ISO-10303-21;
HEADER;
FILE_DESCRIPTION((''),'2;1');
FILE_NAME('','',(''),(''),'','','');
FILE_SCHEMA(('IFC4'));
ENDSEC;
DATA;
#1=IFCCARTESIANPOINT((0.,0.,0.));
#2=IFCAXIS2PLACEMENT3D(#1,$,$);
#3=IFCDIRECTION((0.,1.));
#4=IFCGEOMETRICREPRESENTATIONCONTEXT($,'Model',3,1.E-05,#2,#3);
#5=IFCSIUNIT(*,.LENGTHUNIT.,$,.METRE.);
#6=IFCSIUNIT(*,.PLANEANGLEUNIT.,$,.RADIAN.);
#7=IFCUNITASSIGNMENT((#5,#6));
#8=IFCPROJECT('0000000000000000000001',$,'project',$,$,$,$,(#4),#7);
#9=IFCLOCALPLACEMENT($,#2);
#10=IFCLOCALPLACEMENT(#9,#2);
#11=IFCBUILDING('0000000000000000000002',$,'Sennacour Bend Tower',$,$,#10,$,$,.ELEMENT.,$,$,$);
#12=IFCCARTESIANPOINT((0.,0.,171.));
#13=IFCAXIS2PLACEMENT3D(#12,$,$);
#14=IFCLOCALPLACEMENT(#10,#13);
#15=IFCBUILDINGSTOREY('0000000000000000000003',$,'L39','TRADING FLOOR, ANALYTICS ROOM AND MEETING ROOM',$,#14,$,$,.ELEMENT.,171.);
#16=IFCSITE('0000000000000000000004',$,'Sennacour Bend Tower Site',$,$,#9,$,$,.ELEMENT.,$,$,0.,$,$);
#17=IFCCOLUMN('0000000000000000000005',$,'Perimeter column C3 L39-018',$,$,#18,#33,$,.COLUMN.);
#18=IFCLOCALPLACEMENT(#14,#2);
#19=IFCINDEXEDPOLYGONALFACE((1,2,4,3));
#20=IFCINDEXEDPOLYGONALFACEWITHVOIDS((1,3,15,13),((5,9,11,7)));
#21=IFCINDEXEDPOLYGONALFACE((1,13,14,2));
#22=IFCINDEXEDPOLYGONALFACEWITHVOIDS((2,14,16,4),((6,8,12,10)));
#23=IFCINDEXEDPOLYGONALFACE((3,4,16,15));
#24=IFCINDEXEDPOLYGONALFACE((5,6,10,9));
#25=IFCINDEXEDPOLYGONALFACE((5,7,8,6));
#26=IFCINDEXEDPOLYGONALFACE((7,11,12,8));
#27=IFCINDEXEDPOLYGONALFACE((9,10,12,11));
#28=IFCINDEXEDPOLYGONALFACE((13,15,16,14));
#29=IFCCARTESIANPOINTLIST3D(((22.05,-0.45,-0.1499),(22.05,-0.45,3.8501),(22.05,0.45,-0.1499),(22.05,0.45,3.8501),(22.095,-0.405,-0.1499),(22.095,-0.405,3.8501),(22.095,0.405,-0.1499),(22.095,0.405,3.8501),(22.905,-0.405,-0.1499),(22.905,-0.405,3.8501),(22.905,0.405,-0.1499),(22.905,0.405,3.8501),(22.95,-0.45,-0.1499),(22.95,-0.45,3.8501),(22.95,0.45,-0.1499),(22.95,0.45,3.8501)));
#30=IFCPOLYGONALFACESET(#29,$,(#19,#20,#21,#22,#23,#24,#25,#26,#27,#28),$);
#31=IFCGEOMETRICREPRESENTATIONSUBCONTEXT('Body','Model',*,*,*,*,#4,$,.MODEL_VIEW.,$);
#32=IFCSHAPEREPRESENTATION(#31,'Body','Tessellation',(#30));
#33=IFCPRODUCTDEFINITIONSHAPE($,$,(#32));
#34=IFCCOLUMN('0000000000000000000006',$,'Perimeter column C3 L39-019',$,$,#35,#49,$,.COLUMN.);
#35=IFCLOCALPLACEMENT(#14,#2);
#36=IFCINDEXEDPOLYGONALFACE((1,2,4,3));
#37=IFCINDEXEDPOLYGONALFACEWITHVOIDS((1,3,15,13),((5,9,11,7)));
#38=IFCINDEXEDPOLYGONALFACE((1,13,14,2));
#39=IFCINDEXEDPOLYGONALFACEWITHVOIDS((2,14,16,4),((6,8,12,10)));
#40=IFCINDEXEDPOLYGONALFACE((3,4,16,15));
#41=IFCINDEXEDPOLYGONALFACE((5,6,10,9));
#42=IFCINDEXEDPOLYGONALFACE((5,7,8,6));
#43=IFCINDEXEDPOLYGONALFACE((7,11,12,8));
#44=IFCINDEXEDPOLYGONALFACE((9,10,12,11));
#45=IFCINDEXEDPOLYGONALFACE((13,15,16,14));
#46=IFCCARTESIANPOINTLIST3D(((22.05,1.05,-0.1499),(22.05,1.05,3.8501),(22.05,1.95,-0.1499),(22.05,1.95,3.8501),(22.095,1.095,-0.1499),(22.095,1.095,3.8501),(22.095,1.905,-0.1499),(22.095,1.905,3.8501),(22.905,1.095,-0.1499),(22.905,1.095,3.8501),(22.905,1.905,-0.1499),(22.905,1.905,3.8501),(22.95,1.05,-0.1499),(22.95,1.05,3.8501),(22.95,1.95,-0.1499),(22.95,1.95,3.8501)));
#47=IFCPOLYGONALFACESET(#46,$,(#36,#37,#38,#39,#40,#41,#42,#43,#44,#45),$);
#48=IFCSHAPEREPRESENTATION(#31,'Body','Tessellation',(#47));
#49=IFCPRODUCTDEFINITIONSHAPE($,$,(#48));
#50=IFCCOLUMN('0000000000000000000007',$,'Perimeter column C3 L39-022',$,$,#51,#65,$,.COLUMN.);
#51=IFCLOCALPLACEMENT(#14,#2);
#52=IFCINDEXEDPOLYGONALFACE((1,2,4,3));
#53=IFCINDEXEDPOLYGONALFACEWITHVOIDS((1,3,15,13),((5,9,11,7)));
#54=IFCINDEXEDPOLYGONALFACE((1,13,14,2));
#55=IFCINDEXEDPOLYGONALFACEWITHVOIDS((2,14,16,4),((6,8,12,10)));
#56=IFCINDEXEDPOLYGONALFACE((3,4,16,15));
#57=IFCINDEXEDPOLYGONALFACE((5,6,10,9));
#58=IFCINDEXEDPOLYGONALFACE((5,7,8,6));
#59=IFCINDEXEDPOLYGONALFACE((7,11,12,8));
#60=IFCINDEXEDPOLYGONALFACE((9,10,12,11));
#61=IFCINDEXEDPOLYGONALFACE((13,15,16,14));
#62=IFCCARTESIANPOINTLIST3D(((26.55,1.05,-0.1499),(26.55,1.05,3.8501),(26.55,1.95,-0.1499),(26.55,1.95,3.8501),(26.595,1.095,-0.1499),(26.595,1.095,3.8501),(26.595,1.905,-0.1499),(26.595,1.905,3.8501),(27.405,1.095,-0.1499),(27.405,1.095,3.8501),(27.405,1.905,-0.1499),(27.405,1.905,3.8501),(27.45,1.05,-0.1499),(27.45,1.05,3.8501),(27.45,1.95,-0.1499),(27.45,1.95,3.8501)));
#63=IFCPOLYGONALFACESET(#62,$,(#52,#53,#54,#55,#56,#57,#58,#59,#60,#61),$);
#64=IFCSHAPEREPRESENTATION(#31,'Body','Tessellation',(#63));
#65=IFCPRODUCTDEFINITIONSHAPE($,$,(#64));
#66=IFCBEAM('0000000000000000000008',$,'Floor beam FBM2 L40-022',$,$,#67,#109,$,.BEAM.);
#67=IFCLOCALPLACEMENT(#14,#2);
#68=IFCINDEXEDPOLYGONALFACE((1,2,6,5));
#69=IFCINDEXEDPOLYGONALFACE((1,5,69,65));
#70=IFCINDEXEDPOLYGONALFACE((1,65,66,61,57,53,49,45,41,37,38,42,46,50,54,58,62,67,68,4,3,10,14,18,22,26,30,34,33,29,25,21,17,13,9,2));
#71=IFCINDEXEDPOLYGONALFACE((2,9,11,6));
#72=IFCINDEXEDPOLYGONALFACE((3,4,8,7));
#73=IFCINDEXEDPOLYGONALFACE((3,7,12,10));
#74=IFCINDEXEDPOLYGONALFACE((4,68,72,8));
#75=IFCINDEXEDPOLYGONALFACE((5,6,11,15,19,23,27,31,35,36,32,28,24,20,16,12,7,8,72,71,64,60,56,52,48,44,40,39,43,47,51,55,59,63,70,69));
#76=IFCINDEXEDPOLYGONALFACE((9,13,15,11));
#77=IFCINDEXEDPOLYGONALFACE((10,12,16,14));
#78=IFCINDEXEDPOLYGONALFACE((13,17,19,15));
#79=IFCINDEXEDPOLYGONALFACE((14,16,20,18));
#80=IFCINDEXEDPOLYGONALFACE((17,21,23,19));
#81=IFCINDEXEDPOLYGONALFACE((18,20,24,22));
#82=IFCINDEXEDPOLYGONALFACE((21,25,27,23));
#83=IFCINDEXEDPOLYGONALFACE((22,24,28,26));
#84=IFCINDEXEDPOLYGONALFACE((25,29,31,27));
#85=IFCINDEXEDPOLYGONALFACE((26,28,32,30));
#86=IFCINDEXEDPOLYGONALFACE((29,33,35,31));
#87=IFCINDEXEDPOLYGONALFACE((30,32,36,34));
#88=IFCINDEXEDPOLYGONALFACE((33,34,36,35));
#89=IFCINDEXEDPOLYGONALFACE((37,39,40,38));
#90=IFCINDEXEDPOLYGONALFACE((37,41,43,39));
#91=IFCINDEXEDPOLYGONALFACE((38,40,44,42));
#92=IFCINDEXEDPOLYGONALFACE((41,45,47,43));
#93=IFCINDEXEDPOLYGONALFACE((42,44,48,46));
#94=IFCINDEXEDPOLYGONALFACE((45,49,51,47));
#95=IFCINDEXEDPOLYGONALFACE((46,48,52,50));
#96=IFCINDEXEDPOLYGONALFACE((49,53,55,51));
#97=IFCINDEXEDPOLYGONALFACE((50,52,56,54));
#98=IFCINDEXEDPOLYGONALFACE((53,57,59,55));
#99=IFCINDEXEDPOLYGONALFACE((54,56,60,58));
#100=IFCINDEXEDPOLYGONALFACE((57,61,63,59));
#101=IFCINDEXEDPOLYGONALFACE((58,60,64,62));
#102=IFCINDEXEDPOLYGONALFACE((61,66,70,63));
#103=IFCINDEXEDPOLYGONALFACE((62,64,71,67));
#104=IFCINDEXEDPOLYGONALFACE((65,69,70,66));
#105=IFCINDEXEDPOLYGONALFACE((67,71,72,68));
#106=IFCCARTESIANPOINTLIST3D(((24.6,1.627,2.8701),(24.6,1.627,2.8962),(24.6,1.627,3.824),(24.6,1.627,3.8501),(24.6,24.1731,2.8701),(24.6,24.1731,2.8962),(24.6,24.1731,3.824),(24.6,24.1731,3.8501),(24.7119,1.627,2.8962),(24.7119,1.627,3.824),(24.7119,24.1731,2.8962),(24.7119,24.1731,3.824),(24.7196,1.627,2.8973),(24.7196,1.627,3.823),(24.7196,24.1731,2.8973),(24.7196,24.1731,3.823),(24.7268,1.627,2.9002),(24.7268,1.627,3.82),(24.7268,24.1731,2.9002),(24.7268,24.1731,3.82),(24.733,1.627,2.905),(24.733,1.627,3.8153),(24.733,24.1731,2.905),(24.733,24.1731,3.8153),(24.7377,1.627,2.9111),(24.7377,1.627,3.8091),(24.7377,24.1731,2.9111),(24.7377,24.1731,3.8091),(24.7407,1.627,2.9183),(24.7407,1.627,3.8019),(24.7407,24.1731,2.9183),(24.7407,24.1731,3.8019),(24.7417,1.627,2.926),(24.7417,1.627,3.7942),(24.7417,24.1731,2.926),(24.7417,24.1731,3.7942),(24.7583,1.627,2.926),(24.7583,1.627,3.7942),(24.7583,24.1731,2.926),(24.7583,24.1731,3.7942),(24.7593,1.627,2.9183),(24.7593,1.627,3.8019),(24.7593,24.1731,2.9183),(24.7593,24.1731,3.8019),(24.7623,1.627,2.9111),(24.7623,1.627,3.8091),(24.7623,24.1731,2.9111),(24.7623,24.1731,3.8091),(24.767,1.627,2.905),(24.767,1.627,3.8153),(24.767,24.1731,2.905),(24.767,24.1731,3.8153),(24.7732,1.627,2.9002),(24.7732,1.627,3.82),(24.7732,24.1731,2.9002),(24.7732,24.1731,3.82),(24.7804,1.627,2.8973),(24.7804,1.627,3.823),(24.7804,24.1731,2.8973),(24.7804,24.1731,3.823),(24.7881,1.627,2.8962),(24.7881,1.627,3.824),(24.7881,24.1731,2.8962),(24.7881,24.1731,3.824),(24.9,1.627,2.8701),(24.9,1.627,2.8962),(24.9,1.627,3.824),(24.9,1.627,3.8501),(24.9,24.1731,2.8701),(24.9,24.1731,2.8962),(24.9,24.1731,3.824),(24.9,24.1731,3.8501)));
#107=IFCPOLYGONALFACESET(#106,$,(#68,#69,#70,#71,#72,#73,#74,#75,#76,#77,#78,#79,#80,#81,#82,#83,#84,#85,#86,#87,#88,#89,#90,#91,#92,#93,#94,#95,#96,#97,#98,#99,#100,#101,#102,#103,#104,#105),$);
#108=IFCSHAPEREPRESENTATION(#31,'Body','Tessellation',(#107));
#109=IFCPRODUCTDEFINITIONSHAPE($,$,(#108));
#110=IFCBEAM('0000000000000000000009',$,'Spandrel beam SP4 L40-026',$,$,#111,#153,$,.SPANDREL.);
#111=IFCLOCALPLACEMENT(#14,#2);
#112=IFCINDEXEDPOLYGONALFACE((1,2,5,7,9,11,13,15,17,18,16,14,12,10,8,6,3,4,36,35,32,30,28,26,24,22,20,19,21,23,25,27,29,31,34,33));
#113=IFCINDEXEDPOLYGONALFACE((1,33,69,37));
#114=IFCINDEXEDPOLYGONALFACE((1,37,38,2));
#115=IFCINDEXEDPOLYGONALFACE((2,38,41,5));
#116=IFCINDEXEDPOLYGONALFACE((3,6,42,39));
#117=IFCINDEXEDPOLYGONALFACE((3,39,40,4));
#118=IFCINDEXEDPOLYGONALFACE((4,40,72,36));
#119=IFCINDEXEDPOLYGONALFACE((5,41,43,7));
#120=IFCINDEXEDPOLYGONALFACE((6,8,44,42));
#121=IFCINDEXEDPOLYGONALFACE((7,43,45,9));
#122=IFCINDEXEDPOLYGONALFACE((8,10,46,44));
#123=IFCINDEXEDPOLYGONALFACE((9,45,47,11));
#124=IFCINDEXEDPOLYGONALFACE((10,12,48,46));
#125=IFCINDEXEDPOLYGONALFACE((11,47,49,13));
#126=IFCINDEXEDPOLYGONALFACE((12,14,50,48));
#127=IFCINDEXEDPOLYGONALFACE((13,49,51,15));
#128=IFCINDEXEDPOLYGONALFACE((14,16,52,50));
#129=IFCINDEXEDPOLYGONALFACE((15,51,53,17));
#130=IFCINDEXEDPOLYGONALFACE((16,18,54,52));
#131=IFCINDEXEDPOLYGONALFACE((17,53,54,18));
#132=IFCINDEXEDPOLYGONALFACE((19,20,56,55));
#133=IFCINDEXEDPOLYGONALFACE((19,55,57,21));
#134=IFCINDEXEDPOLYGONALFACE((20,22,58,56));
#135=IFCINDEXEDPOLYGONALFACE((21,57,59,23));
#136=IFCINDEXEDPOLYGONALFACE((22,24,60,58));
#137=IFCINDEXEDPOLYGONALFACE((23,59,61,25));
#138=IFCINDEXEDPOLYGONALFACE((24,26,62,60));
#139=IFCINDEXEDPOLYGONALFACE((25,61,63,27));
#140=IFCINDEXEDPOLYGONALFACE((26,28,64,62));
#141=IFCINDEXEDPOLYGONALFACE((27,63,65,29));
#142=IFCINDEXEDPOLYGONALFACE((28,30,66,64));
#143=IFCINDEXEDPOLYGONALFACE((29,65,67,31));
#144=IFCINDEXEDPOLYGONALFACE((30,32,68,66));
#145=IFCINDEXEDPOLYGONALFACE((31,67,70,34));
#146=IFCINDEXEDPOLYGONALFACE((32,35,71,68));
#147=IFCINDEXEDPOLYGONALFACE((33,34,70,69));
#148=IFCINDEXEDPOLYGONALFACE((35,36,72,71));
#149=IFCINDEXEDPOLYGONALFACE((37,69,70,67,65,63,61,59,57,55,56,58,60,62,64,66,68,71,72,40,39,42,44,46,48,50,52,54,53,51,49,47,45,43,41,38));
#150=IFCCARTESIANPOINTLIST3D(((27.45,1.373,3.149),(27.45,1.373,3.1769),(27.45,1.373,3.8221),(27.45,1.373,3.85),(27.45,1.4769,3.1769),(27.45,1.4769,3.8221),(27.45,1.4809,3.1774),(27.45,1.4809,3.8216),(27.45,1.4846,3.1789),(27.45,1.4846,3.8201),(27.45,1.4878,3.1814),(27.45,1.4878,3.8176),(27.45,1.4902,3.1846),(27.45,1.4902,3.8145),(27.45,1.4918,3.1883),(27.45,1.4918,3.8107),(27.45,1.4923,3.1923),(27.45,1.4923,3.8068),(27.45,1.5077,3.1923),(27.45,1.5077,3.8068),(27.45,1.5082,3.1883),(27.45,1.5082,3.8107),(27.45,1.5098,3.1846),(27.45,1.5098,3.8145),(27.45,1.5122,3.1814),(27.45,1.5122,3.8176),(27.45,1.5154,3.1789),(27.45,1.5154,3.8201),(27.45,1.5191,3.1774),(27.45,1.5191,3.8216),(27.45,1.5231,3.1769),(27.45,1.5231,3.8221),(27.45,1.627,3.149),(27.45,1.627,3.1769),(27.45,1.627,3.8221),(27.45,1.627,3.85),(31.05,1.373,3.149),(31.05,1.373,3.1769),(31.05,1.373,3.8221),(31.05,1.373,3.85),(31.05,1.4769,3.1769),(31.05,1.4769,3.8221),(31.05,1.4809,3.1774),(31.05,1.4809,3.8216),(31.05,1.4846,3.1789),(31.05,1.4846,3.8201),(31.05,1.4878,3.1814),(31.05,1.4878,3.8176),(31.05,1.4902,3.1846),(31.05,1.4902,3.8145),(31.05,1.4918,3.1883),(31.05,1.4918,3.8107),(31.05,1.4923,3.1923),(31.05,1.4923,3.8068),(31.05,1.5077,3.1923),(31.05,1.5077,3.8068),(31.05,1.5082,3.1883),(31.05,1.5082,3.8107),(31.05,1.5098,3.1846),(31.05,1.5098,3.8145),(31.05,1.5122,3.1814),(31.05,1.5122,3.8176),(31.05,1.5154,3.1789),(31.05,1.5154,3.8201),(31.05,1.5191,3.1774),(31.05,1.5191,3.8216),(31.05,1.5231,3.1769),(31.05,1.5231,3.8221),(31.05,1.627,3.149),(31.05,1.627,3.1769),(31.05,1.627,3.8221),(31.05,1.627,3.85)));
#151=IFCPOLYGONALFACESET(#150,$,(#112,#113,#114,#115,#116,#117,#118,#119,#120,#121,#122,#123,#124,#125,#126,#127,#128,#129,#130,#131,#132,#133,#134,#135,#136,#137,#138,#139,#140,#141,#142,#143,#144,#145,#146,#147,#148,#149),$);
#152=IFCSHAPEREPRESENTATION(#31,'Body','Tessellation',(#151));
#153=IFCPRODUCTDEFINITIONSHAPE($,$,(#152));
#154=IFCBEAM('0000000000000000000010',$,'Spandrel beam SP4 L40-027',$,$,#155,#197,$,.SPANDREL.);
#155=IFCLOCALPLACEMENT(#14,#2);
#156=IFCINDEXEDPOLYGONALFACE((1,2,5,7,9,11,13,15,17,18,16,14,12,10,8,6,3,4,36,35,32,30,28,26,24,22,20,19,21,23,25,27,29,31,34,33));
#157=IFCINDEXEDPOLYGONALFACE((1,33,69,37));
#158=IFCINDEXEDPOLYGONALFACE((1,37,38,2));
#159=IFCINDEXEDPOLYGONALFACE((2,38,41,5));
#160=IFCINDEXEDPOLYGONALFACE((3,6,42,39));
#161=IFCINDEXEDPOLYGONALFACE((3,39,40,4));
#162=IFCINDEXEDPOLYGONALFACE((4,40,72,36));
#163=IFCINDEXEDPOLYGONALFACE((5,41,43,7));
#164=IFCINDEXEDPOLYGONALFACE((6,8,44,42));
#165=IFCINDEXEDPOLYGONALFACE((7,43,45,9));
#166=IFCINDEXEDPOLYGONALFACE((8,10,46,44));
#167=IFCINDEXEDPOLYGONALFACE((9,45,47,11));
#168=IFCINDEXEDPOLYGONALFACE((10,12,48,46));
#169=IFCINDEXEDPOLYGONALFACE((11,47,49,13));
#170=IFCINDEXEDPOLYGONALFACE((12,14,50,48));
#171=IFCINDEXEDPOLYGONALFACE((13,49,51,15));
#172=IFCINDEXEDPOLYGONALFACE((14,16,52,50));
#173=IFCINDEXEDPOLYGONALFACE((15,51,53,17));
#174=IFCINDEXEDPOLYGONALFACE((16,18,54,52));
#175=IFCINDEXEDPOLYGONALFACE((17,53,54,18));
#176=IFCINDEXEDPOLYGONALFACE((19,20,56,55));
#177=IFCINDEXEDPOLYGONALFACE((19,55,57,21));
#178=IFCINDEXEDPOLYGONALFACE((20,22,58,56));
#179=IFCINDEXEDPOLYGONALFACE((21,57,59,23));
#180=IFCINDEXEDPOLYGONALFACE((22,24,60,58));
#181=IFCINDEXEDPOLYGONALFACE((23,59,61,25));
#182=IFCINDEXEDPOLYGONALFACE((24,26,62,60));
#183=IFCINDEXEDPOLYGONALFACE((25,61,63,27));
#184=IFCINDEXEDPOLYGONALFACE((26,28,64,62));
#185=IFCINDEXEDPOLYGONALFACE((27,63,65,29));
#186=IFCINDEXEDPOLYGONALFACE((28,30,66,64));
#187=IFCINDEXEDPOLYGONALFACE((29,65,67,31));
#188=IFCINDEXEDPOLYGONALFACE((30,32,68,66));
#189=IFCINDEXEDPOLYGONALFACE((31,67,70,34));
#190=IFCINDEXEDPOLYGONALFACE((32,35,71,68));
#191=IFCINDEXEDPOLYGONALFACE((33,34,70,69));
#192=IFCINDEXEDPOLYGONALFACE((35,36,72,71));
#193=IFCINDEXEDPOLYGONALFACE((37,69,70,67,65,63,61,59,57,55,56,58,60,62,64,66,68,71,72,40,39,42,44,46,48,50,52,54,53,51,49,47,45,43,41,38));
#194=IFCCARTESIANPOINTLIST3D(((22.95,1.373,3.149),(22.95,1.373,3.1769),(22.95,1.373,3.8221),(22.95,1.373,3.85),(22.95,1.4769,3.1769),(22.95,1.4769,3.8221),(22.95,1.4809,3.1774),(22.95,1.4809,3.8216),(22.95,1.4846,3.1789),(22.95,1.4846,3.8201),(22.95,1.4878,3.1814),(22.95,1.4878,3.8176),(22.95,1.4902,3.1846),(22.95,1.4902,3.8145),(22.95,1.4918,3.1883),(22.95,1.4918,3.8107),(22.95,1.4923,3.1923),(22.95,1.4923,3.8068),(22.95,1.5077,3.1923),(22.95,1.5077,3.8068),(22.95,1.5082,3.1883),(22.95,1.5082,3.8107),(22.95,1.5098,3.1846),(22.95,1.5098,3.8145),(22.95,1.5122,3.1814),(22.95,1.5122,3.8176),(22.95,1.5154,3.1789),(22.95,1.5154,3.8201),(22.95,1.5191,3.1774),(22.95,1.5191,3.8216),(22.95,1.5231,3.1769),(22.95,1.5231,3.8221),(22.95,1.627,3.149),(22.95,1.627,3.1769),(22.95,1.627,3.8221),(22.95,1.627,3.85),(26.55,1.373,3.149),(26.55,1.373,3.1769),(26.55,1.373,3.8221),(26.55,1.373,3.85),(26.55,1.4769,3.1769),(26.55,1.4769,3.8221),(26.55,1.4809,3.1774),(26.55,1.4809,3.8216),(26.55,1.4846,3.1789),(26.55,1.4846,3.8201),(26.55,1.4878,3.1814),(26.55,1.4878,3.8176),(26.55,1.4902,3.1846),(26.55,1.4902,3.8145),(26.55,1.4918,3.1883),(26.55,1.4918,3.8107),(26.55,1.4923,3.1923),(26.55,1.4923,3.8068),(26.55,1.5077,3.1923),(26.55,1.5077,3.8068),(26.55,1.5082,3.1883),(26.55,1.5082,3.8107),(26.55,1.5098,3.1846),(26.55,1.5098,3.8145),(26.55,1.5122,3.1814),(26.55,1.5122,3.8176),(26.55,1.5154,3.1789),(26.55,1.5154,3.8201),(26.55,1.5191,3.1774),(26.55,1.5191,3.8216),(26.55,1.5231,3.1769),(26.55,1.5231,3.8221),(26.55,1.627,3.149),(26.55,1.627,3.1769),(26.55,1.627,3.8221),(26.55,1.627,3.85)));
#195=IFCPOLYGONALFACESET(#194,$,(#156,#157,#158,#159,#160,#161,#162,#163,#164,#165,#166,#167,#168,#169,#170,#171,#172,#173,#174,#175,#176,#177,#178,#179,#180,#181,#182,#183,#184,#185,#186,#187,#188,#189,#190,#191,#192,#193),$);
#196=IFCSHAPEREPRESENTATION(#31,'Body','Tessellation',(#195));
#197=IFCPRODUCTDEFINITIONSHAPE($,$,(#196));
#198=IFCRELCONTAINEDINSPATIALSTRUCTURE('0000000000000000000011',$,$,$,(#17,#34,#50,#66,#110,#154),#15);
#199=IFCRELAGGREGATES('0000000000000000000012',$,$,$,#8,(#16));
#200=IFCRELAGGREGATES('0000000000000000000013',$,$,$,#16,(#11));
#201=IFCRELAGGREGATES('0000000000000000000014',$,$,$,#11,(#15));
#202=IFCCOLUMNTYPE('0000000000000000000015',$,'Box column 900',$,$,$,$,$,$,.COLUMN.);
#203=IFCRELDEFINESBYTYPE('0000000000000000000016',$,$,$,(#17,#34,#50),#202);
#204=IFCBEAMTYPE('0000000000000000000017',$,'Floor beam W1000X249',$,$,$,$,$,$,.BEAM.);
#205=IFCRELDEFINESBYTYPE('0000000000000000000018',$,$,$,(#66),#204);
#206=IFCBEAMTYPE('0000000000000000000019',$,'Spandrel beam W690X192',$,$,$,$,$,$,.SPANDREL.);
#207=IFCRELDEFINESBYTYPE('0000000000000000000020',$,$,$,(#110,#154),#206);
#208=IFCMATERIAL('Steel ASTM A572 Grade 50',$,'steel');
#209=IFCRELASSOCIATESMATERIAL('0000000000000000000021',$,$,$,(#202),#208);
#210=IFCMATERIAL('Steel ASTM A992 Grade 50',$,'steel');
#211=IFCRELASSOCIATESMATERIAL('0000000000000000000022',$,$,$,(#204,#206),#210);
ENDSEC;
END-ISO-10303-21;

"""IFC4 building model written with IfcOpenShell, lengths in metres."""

from ifc_helpers import new_model, si_unit, direction, frame, origin, origin_2d, place, context, subcontext, project, spatial, hollow_rectangle, i_section, extrude, material, material_profile, profile_set, type_object, element, save


model = new_model("IFC4")

# Units and contexts
model_context = context("Model", 3, precision=1e-05, world=origin(), true_north=direction((0.0, 1.0)))
body_context = subcontext(model_context, "Body", "Model", "MODEL_VIEW")
ifc_project = project(units=[si_unit("LENGTHUNIT", "METRE"), si_unit("PLANEANGLEUNIT", "RADIAN")], contexts=[model_context])

# Site, building, storey
site_placement = place(None, origin())
site = spatial("IfcSite", under=ifc_project, at=site_placement, Name="Sennacour Bend Tower Site", CompositionType="ELEMENT", RefElevation=0.0)
building_placement = place(site_placement, origin())
building = spatial("IfcBuilding", under=site, at=building_placement, Name="Sennacour Bend Tower", CompositionType="ELEMENT")
storey_placement = place(building_placement, frame((0.0, 0.0, 171.0)))
storey = spatial("IfcBuildingStorey", under=building, at=storey_placement, Name="L39", Description="TRADING FLOOR, ANALYTICS ROOM AND MEETING ROOM", CompositionType="ELEMENT", Elevation=171.0)

# Columns
ifc_material_1 = material(Name="Steel ASTM A572 Grade 50", Category="steel")
ifc_material_profile_1 = material_profile(ifc_material_1, hollow_rectangle(XDim=0.8999, YDim=0.8999, WallThickness=0.0449, at=origin_2d()), Name="Steel ASTM A572 Grade 50", Category="steel")
ifc_profile_set_1 = profile_set([ifc_material_profile_1], Name="Steel ASTM A572 Grade 50")
column_type = type_object("IfcColumnType", Name="Box column 900", PredefinedType="COLUMN", material=ifc_profile_set_1)
for number, where, z_axis, x_axis, name in (
    (1, (22.5, 0.0, -0.1499), (0.0, 0.0, 1.0), (1.0, 0.0, 0.0), "Perimeter column C3 L39-018"),
    (2, (22.5, 1.5, -0.1499), (0.0, 0.0, 1.0), (1.0, 0.0, 0.0), "Perimeter column C3 L39-019"),
    (3, (27.0, 1.5, -0.1499), (0.0, 0.0, 1.0), (1.0, 0.0, 0.0), "Perimeter column C3 L39-022"),
):
    element("IfcColumn", number, at=place(storey_placement, frame(where, z_axis=z_axis, x_axis=x_axis)), inside=storey, type_object=column_type, Name=name, PredefinedType="COLUMN", context=body_context, shape_type="SweptSolid", body=[
        extrude(hollow_rectangle(XDim=0.8999, YDim=0.8999, WallThickness=0.0449, at=origin_2d()), origin(), (0.0, 0.0, 1.0), 4.0),
    ])

# Beams
ifc_material_2 = material(Name="Steel ASTM A992 Grade 50", Category="steel")
ifc_material_profile_2 = material_profile(ifc_material_2, i_section(OverallWidth=0.3, OverallDepth=0.98, WebThickness=0.0166, FlangeThickness=0.0261, FilletRadius=0.0298, at=origin_2d()), Name="Steel ASTM A992 Grade 50", Category="steel")
ifc_profile_set_2 = profile_set([ifc_material_profile_2], Name="Steel ASTM A992 Grade 50")
beam_type_1 = type_object("IfcBeamType", Name="Floor beam W1000X249", PredefinedType="BEAM", material=ifc_profile_set_2)
beam_placement = place(storey_placement, frame((24.75, 1.627, 3.3601), z_axis=(0.0, 1.0, 0.0), x_axis=(-1.0, 0.0, 0.0)))
element("IfcBeam", 4, at=beam_placement, inside=storey, type_object=beam_type_1, Name="Floor beam FBM2 L40-022", PredefinedType="BEAM", context=body_context, shape_type="SweptSolid", body=[
    extrude(i_section(OverallWidth=0.3, OverallDepth=0.98, WebThickness=0.0166, FlangeThickness=0.0261, FilletRadius=0.0298, at=origin_2d()), origin(), (0.0, 0.0, 1.0), 22.5461),
])
ifc_material_profile_3 = material_profile(ifc_material_2, i_section(OverallWidth=0.2539, OverallDepth=0.7009, WebThickness=0.0154, FlangeThickness=0.0278, FilletRadius=0.0154, at=origin_2d()), Name="Steel ASTM A992 Grade 50", Category="steel")
ifc_profile_set_3 = profile_set([ifc_material_profile_3], Name="Steel ASTM A992 Grade 50")
beam_type_2 = type_object("IfcBeamType", Name="Spandrel beam W690X192", PredefinedType="SPANDREL", material=ifc_profile_set_3)
for number, where, z_axis, x_axis, name in (
    (5, (31.05, 1.5, 3.4995), (-1.0, 0.0, 0.0), (0.0, -1.0, 0.0), "Spandrel beam SP4 L40-026"),
    (6, (26.55, 1.5, 3.4995), (-1.0, 0.0, 0.0), (0.0, -1.0, 0.0), "Spandrel beam SP4 L40-027"),
):
    element("IfcBeam", number, at=place(storey_placement, frame(where, z_axis=z_axis, x_axis=x_axis)), inside=storey, type_object=beam_type_2, Name=name, PredefinedType="SPANDREL", context=body_context, shape_type="SweptSolid", body=[
        extrude(i_section(OverallWidth=0.2539, OverallDepth=0.7009, WebThickness=0.0154, FlangeThickness=0.0278, FilletRadius=0.0154, at=origin_2d()), origin(), (0.0, 0.0, 1.0), 3.6001),
    ])

save(model, "model.ifc")
